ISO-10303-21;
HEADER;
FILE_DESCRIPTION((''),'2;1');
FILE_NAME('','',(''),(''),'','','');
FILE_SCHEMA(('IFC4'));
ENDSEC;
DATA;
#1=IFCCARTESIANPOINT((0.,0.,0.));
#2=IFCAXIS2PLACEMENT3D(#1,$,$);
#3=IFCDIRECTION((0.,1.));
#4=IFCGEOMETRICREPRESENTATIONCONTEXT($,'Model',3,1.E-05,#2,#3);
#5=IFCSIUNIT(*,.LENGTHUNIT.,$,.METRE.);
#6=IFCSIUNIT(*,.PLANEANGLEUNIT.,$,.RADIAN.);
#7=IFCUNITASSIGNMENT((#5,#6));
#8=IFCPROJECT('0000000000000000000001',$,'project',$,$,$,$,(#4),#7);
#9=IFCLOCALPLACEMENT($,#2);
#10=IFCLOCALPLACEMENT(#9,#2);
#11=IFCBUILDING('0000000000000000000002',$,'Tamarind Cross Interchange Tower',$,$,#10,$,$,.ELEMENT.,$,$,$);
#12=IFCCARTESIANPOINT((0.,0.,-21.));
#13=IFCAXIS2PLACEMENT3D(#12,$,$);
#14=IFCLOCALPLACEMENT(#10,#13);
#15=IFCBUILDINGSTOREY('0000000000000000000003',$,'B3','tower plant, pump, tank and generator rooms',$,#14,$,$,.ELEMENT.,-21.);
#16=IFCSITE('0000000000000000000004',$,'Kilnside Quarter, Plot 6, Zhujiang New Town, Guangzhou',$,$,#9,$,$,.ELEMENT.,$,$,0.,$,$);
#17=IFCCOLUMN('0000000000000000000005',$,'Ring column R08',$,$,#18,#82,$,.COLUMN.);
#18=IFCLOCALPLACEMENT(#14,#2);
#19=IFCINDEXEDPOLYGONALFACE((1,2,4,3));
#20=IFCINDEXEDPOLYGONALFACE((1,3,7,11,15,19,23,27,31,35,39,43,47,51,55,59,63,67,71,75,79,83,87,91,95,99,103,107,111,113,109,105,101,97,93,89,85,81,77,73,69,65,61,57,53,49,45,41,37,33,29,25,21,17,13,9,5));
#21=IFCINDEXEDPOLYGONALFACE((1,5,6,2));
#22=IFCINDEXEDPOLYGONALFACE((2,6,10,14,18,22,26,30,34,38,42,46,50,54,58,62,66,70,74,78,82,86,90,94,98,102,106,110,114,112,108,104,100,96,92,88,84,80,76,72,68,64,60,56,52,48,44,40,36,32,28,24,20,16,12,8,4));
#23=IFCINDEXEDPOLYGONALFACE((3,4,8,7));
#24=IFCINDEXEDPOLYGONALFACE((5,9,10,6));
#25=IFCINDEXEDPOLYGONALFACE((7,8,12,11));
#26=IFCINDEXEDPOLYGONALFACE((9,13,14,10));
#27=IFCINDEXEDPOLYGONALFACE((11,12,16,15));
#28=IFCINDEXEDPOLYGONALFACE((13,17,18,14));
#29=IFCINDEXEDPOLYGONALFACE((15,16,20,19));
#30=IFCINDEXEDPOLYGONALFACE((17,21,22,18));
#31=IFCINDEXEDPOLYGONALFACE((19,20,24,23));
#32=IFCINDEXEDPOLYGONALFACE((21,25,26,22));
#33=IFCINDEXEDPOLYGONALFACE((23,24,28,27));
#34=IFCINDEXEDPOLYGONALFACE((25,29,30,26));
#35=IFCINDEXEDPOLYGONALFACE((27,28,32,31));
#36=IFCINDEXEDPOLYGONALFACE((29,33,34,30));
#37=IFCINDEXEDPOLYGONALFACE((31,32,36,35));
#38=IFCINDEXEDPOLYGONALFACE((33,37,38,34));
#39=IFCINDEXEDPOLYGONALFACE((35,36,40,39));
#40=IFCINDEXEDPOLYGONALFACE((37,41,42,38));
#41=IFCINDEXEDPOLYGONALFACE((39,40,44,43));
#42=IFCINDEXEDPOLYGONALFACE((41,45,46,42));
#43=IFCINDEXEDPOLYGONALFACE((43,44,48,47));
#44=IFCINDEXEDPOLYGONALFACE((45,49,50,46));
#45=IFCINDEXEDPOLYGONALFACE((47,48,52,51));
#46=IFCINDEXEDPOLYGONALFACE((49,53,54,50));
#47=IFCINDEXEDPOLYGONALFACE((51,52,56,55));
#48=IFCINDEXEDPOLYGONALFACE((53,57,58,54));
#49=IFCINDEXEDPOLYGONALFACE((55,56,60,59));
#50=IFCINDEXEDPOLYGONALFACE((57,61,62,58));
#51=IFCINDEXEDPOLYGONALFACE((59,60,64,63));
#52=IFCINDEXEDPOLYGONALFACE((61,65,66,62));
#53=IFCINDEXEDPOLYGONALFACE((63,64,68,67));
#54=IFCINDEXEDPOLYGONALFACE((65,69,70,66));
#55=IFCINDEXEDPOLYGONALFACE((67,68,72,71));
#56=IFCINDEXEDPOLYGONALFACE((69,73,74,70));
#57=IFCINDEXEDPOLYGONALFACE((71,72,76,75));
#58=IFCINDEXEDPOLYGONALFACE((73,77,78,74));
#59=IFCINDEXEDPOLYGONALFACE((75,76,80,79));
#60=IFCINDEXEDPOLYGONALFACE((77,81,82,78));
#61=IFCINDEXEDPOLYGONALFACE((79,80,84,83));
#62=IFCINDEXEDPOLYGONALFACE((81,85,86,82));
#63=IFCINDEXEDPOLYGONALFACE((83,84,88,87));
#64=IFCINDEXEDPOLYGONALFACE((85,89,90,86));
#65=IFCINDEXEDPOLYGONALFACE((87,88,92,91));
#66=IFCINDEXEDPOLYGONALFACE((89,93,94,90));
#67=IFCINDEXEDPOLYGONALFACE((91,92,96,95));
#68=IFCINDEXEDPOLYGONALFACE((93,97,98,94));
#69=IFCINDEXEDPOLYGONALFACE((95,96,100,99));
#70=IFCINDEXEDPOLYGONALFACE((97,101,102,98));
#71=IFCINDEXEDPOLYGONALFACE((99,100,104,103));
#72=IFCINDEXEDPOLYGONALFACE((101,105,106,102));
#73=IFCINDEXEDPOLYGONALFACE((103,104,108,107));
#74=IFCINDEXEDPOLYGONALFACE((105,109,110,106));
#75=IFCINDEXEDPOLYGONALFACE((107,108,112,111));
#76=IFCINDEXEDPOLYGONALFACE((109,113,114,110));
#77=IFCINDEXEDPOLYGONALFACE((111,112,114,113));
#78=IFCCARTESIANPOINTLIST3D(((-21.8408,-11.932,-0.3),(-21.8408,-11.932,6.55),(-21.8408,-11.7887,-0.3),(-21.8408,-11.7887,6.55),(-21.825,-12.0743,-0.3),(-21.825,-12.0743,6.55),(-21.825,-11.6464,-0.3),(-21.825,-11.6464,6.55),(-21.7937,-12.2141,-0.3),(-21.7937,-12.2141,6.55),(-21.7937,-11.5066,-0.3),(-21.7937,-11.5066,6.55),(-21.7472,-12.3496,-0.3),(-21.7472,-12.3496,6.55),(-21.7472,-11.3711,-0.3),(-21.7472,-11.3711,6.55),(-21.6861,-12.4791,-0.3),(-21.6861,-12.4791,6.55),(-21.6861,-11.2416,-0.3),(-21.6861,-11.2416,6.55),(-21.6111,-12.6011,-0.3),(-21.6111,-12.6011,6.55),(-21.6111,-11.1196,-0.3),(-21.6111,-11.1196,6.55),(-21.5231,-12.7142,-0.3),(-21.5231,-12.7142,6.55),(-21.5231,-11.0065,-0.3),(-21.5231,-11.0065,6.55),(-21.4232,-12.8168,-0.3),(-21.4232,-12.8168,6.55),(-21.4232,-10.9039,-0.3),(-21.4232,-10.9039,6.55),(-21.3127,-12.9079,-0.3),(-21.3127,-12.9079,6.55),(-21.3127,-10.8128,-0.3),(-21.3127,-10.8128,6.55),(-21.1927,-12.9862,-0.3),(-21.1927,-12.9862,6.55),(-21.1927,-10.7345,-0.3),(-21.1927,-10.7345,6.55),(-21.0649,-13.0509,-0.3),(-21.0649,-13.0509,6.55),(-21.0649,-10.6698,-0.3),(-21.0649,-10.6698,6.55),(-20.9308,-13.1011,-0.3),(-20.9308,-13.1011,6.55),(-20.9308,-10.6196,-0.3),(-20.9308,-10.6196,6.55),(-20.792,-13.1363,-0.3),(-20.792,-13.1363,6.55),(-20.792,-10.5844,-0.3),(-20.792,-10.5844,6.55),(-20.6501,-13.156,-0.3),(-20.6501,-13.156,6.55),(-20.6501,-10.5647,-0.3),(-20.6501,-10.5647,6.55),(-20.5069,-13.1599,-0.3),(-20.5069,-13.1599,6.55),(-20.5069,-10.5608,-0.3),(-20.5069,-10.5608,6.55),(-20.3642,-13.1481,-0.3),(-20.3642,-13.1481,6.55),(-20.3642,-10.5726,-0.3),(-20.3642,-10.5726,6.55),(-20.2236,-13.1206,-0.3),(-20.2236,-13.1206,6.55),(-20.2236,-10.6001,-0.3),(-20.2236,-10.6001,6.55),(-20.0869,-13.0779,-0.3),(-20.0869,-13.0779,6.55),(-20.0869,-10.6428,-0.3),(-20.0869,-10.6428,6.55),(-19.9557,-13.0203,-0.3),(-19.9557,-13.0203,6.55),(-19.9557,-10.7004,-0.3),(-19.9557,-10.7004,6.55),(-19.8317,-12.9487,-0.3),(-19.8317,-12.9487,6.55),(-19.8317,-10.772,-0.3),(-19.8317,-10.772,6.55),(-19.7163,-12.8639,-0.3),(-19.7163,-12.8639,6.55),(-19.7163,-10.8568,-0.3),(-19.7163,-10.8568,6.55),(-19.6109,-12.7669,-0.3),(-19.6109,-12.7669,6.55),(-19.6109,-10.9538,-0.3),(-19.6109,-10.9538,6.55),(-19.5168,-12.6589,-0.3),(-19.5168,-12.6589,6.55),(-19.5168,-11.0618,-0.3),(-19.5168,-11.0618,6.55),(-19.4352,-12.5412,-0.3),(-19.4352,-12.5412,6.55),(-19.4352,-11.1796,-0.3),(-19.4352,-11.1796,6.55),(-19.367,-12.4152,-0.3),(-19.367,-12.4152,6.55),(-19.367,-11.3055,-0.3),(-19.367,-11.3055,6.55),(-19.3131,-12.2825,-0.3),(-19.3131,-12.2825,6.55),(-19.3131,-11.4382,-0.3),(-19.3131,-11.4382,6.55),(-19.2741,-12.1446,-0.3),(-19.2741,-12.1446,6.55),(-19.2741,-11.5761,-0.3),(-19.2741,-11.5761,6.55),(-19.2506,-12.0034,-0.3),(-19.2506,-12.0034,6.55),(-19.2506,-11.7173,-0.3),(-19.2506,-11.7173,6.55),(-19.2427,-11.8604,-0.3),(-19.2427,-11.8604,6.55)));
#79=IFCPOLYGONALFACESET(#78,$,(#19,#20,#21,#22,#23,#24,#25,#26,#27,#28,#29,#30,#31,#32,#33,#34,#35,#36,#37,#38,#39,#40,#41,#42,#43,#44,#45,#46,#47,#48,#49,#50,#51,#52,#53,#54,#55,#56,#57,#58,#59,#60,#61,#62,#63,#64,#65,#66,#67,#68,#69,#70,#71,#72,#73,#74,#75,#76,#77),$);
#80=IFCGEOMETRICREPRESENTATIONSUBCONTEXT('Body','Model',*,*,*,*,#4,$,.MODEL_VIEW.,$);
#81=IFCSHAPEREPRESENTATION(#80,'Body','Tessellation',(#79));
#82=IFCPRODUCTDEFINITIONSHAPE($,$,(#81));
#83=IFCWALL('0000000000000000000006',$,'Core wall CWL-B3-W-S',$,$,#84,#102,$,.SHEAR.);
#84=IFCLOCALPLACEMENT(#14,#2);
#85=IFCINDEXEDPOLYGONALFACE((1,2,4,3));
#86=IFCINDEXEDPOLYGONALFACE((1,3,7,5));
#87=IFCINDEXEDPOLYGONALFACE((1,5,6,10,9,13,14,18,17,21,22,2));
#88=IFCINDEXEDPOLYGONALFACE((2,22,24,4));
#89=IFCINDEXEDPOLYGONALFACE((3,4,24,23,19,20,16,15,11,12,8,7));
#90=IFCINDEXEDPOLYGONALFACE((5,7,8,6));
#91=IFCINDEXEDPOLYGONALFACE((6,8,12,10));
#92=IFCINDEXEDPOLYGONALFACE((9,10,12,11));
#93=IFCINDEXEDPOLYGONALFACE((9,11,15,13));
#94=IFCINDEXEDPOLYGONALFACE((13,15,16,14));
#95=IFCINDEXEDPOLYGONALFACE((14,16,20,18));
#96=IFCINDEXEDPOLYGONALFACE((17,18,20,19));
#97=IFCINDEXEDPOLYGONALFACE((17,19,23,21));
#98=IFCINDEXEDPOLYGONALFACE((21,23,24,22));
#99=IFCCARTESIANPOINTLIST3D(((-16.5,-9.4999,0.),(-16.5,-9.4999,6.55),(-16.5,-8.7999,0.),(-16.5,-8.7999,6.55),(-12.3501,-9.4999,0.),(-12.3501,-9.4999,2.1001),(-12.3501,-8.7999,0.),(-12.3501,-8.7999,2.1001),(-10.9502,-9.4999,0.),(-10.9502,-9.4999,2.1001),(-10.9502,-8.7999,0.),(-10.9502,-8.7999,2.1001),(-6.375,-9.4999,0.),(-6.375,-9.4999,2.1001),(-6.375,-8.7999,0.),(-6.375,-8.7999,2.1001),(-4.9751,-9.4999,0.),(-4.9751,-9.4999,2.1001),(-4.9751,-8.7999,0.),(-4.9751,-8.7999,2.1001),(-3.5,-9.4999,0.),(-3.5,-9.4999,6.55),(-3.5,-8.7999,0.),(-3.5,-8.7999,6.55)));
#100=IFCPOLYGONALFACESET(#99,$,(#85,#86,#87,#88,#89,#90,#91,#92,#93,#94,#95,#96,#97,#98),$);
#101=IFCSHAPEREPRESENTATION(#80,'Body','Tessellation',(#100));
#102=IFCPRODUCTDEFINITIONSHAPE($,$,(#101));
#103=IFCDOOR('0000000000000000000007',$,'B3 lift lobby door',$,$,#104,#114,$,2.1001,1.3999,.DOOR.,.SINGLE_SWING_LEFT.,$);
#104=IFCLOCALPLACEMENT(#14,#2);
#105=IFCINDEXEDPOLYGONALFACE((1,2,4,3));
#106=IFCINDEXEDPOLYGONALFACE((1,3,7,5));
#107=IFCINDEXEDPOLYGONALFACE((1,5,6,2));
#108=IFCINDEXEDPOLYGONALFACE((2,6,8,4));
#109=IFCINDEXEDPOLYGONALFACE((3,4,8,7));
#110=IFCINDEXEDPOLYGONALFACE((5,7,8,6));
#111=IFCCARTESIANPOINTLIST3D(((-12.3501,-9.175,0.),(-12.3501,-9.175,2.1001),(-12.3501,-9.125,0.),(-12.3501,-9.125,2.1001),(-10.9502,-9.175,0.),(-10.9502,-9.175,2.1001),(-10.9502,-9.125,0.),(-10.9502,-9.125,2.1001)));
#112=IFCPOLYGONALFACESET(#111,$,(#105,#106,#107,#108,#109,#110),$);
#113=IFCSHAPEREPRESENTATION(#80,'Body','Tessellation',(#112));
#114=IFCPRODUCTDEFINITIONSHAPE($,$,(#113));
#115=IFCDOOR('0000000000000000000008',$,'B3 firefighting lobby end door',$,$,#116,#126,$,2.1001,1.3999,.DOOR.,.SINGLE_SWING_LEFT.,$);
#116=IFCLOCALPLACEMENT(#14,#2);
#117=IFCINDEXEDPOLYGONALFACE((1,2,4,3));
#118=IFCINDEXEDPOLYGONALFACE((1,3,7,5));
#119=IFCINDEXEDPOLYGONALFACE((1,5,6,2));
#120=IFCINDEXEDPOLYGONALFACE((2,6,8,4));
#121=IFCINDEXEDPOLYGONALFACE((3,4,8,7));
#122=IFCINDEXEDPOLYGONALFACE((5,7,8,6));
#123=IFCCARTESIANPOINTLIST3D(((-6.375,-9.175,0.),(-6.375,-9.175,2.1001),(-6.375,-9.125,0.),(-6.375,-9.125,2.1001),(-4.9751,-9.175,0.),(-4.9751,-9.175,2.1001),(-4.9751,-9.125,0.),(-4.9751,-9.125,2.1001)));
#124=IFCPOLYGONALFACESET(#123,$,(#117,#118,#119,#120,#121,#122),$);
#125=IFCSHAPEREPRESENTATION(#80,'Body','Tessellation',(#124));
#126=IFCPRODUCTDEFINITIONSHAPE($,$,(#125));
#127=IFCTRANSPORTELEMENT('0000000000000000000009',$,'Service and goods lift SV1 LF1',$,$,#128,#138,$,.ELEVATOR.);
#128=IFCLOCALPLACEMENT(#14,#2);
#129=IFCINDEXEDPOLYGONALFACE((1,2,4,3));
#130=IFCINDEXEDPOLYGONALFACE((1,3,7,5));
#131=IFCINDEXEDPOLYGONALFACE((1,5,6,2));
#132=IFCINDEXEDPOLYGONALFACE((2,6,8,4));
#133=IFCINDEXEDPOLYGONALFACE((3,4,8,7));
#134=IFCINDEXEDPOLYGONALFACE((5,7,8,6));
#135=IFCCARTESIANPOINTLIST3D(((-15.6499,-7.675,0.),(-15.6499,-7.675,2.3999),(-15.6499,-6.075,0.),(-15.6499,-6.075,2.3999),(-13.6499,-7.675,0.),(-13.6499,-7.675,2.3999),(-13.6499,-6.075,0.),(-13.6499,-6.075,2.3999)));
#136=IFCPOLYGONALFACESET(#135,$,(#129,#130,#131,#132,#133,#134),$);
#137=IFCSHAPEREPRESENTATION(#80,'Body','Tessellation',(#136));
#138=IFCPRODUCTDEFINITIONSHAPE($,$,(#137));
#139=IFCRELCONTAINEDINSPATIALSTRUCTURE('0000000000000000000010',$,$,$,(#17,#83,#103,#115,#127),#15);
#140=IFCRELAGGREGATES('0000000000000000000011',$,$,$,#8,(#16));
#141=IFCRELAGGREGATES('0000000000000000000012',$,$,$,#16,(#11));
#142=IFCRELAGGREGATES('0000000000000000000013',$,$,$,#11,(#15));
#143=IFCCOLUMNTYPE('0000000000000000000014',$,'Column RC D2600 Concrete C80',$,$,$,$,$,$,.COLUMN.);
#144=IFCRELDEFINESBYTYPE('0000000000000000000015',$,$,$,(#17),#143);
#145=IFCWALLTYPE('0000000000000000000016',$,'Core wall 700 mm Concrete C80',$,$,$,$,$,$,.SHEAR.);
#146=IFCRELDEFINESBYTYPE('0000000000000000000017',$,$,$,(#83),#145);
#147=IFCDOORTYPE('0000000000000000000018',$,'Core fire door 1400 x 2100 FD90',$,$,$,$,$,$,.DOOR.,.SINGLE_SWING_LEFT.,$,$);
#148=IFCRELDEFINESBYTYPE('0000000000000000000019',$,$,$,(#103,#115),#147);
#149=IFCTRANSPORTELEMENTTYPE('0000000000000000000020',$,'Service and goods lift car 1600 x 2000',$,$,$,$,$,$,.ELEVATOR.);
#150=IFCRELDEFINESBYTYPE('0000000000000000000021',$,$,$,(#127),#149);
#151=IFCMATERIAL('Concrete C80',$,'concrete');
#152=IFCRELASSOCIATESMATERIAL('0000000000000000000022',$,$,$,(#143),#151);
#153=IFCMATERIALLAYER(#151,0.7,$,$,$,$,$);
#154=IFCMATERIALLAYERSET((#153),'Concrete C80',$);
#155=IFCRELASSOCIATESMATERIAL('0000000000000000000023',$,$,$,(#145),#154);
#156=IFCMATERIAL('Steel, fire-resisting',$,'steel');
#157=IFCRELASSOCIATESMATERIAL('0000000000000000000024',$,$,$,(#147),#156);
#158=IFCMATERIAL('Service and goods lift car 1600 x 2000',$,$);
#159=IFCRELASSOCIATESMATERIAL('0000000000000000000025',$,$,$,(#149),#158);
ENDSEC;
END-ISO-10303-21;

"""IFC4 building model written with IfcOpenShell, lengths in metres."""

from ifc_helpers import new_model, si_unit, direction, frame, frame_2d, origin, origin_2d, place, context, subcontext, project, spatial, rectangle, circle, extrude, material, layer, layer_set, material_profile, profile_set, type_object, element, fill, save


model = new_model("IFC4")

# Units and contexts
model_context = context("Model", 3, precision=1e-05, world=origin(), true_north=direction((0.0, 1.0)))
body_context = subcontext(model_context, "Body", "Model", "MODEL_VIEW")
ifc_project = project(units=[si_unit("LENGTHUNIT", "METRE"), si_unit("PLANEANGLEUNIT", "RADIAN")], contexts=[model_context])

# Site, building, storey
site_placement = place(None, origin())
site = spatial("IfcSite", under=ifc_project, at=site_placement, Name="Kilnside Quarter, Plot 6, Zhujiang New Town, Guangzhou", CompositionType="ELEMENT", RefElevation=0.0)
building_placement = place(site_placement, origin())
building = spatial("IfcBuilding", under=site, at=building_placement, Name="Tamarind Cross Interchange Tower", CompositionType="ELEMENT")
storey_placement = place(building_placement, frame((0.0, 0.0, -21.0)))
storey = spatial("IfcBuildingStorey", under=building, at=storey_placement, Name="B3", Description="tower plant, pump, tank and generator rooms", CompositionType="ELEMENT", Elevation=-21.0)

# Column
ifc_material_1 = material(Name="Concrete C80", Category="concrete")
ifc_material_profile_1 = material_profile(ifc_material_1, circle(Radius=1.3, at=origin_2d()), Name="RC D2600")
ifc_profile_set_1 = profile_set([ifc_material_profile_1], Name="Concrete C80")
column_type_1 = type_object("IfcColumnType", Name="Column RC D2600 Concrete C80", PredefinedType="COLUMN", material=ifc_profile_set_1)
column_1_placement = place(storey_placement, frame((-20.5427, -11.8604, -0.3), z_axis=(0.0, 0.0, 1.0), x_axis=(1.0, 0.0, 0.0)))
element("IfcColumn", 1, at=column_1_placement, inside=storey, type_object=column_type_1, Name="Ring column R08", PredefinedType="COLUMN", context=body_context, shape_type="SweptSolid", body=[
    extrude(circle(Radius=1.3, at=origin_2d()), origin(), (0.0, 0.0, 1.0), 6.8501),
])

# Wall, openings, doors
ifc_layer = layer(ifc_material_1, 0.7)
ifc_layer_set = layer_set([ifc_layer], Name="Concrete C80")
wall_type = type_object("IfcWallType", Name="Core wall 700 mm Concrete C80", PredefinedType="SHEAR", material=ifc_layer_set)
wall_placement = place(storey_placement, frame((-16.5, -9.1499, 0.0), z_axis=(0.0, 0.0, 1.0), x_axis=(1.0, 0.0, 0.0)))
wall = element("IfcWall", 2, at=wall_placement, inside=storey, type_object=wall_type, Name="Core wall CWL-B3-W-S", PredefinedType="SHEAR", context=body_context, shape_type="SweptSolid", body=[
    extrude(rectangle(XDim=13.0, YDim=0.7, at=frame_2d((6.5, 0.0))), origin(), (0.0, 0.0, 1.0), 6.55),
])
opening_1_placement = place(wall_placement, frame((4.1499, 0.0, 0.0)))
opening_1 = element("IfcOpeningElement", 3, at=opening_1_placement, cuts=wall, PredefinedType="OPENING", context=body_context, shape_type="SweptSolid", body=[
    extrude(rectangle(XDim=1.3999, YDim=2.1001, at=frame_2d((0.7, 1.05))), frame((0.0, 0.3599, 0.0), z_axis=(0.0, -1.0, 0.0), x_axis=(1.0, 0.0, 0.0)), (0.0, 0.0, 1.0), 0.72),
])
opening_2_placement = place(wall_placement, frame((10.125, 0.0, 0.0)))
opening_2 = element("IfcOpeningElement", 4, at=opening_2_placement, cuts=wall, PredefinedType="OPENING", context=body_context, shape_type="SweptSolid", body=[
    extrude(rectangle(XDim=1.3999, YDim=2.1001, at=frame_2d((0.7, 1.05))), frame((0.0, 0.3599, 0.0), z_axis=(0.0, -1.0, 0.0), x_axis=(1.0, 0.0, 0.0)), (0.0, 0.0, 1.0), 0.72),
])
ifc_material_2 = material(Name="Steel, fire-resisting", Category="steel")
door_type = type_object("IfcDoorType", Name="Core fire door 1400 x 2100 FD90", OperationType="SINGLE_SWING_LEFT", PredefinedType="DOOR", material=ifc_material_2)
door_1_placement = place(opening_1_placement, origin())
door_1 = element("IfcDoor", 5, at=door_1_placement, inside=storey, type_object=door_type, Name="B3 lift lobby door", OperationType="SINGLE_SWING_LEFT", OverallHeight=2.1001, OverallWidth=1.3999, PredefinedType="DOOR", context=body_context, shape_type="SweptSolid", body=[
    extrude(rectangle(XDim=1.3999, YDim=2.1001, at=frame_2d((0.7, 1.05))), frame((0.0, 0.0249, 0.0), z_axis=(0.0, -1.0, 0.0), x_axis=(1.0, 0.0, 0.0)), (0.0, 0.0, 1.0), 0.05),
])
fill(opening_1, door_1)
door_2_placement = place(opening_2_placement, origin())
door_2 = element("IfcDoor", 6, at=door_2_placement, inside=storey, type_object=door_type, Name="B3 firefighting lobby end door", OperationType="SINGLE_SWING_LEFT", OverallHeight=2.1001, OverallWidth=1.3999, PredefinedType="DOOR", context=body_context, shape_type="SweptSolid", body=[
    extrude(rectangle(XDim=1.3999, YDim=2.1001, at=frame_2d((0.7, 1.05))), frame((0.0, 0.0249, 0.0), z_axis=(0.0, -1.0, 0.0), x_axis=(1.0, 0.0, 0.0)), (0.0, 0.0, 1.0), 0.05),
])
fill(opening_2, door_2)

# Transport element
ifc_material_3 = material(Name="Service and goods lift car 1600 x 2000")
transport_element_type = type_object("IfcTransportElementType", Name="Service and goods lift car 1600 x 2000", PredefinedType="ELEVATOR", material=ifc_material_3)
transport_element_placement = place(storey_placement, frame((-14.6499, -6.875, 0.0), z_axis=(0.0, 0.0, 1.0), x_axis=(1.0, 0.0, 0.0)))
element("IfcTransportElement", 7, at=transport_element_placement, inside=storey, type_object=transport_element_type, Name="Service and goods lift SV1 LF1", PredefinedType="ELEVATOR", context=body_context, shape_type="SweptSolid", body=[
    extrude(rectangle(XDim=2.0, YDim=1.6001, at=origin_2d()), origin(), (0.0, 0.0, 1.0), 2.3999),
])

save(model, "model.ifc")
